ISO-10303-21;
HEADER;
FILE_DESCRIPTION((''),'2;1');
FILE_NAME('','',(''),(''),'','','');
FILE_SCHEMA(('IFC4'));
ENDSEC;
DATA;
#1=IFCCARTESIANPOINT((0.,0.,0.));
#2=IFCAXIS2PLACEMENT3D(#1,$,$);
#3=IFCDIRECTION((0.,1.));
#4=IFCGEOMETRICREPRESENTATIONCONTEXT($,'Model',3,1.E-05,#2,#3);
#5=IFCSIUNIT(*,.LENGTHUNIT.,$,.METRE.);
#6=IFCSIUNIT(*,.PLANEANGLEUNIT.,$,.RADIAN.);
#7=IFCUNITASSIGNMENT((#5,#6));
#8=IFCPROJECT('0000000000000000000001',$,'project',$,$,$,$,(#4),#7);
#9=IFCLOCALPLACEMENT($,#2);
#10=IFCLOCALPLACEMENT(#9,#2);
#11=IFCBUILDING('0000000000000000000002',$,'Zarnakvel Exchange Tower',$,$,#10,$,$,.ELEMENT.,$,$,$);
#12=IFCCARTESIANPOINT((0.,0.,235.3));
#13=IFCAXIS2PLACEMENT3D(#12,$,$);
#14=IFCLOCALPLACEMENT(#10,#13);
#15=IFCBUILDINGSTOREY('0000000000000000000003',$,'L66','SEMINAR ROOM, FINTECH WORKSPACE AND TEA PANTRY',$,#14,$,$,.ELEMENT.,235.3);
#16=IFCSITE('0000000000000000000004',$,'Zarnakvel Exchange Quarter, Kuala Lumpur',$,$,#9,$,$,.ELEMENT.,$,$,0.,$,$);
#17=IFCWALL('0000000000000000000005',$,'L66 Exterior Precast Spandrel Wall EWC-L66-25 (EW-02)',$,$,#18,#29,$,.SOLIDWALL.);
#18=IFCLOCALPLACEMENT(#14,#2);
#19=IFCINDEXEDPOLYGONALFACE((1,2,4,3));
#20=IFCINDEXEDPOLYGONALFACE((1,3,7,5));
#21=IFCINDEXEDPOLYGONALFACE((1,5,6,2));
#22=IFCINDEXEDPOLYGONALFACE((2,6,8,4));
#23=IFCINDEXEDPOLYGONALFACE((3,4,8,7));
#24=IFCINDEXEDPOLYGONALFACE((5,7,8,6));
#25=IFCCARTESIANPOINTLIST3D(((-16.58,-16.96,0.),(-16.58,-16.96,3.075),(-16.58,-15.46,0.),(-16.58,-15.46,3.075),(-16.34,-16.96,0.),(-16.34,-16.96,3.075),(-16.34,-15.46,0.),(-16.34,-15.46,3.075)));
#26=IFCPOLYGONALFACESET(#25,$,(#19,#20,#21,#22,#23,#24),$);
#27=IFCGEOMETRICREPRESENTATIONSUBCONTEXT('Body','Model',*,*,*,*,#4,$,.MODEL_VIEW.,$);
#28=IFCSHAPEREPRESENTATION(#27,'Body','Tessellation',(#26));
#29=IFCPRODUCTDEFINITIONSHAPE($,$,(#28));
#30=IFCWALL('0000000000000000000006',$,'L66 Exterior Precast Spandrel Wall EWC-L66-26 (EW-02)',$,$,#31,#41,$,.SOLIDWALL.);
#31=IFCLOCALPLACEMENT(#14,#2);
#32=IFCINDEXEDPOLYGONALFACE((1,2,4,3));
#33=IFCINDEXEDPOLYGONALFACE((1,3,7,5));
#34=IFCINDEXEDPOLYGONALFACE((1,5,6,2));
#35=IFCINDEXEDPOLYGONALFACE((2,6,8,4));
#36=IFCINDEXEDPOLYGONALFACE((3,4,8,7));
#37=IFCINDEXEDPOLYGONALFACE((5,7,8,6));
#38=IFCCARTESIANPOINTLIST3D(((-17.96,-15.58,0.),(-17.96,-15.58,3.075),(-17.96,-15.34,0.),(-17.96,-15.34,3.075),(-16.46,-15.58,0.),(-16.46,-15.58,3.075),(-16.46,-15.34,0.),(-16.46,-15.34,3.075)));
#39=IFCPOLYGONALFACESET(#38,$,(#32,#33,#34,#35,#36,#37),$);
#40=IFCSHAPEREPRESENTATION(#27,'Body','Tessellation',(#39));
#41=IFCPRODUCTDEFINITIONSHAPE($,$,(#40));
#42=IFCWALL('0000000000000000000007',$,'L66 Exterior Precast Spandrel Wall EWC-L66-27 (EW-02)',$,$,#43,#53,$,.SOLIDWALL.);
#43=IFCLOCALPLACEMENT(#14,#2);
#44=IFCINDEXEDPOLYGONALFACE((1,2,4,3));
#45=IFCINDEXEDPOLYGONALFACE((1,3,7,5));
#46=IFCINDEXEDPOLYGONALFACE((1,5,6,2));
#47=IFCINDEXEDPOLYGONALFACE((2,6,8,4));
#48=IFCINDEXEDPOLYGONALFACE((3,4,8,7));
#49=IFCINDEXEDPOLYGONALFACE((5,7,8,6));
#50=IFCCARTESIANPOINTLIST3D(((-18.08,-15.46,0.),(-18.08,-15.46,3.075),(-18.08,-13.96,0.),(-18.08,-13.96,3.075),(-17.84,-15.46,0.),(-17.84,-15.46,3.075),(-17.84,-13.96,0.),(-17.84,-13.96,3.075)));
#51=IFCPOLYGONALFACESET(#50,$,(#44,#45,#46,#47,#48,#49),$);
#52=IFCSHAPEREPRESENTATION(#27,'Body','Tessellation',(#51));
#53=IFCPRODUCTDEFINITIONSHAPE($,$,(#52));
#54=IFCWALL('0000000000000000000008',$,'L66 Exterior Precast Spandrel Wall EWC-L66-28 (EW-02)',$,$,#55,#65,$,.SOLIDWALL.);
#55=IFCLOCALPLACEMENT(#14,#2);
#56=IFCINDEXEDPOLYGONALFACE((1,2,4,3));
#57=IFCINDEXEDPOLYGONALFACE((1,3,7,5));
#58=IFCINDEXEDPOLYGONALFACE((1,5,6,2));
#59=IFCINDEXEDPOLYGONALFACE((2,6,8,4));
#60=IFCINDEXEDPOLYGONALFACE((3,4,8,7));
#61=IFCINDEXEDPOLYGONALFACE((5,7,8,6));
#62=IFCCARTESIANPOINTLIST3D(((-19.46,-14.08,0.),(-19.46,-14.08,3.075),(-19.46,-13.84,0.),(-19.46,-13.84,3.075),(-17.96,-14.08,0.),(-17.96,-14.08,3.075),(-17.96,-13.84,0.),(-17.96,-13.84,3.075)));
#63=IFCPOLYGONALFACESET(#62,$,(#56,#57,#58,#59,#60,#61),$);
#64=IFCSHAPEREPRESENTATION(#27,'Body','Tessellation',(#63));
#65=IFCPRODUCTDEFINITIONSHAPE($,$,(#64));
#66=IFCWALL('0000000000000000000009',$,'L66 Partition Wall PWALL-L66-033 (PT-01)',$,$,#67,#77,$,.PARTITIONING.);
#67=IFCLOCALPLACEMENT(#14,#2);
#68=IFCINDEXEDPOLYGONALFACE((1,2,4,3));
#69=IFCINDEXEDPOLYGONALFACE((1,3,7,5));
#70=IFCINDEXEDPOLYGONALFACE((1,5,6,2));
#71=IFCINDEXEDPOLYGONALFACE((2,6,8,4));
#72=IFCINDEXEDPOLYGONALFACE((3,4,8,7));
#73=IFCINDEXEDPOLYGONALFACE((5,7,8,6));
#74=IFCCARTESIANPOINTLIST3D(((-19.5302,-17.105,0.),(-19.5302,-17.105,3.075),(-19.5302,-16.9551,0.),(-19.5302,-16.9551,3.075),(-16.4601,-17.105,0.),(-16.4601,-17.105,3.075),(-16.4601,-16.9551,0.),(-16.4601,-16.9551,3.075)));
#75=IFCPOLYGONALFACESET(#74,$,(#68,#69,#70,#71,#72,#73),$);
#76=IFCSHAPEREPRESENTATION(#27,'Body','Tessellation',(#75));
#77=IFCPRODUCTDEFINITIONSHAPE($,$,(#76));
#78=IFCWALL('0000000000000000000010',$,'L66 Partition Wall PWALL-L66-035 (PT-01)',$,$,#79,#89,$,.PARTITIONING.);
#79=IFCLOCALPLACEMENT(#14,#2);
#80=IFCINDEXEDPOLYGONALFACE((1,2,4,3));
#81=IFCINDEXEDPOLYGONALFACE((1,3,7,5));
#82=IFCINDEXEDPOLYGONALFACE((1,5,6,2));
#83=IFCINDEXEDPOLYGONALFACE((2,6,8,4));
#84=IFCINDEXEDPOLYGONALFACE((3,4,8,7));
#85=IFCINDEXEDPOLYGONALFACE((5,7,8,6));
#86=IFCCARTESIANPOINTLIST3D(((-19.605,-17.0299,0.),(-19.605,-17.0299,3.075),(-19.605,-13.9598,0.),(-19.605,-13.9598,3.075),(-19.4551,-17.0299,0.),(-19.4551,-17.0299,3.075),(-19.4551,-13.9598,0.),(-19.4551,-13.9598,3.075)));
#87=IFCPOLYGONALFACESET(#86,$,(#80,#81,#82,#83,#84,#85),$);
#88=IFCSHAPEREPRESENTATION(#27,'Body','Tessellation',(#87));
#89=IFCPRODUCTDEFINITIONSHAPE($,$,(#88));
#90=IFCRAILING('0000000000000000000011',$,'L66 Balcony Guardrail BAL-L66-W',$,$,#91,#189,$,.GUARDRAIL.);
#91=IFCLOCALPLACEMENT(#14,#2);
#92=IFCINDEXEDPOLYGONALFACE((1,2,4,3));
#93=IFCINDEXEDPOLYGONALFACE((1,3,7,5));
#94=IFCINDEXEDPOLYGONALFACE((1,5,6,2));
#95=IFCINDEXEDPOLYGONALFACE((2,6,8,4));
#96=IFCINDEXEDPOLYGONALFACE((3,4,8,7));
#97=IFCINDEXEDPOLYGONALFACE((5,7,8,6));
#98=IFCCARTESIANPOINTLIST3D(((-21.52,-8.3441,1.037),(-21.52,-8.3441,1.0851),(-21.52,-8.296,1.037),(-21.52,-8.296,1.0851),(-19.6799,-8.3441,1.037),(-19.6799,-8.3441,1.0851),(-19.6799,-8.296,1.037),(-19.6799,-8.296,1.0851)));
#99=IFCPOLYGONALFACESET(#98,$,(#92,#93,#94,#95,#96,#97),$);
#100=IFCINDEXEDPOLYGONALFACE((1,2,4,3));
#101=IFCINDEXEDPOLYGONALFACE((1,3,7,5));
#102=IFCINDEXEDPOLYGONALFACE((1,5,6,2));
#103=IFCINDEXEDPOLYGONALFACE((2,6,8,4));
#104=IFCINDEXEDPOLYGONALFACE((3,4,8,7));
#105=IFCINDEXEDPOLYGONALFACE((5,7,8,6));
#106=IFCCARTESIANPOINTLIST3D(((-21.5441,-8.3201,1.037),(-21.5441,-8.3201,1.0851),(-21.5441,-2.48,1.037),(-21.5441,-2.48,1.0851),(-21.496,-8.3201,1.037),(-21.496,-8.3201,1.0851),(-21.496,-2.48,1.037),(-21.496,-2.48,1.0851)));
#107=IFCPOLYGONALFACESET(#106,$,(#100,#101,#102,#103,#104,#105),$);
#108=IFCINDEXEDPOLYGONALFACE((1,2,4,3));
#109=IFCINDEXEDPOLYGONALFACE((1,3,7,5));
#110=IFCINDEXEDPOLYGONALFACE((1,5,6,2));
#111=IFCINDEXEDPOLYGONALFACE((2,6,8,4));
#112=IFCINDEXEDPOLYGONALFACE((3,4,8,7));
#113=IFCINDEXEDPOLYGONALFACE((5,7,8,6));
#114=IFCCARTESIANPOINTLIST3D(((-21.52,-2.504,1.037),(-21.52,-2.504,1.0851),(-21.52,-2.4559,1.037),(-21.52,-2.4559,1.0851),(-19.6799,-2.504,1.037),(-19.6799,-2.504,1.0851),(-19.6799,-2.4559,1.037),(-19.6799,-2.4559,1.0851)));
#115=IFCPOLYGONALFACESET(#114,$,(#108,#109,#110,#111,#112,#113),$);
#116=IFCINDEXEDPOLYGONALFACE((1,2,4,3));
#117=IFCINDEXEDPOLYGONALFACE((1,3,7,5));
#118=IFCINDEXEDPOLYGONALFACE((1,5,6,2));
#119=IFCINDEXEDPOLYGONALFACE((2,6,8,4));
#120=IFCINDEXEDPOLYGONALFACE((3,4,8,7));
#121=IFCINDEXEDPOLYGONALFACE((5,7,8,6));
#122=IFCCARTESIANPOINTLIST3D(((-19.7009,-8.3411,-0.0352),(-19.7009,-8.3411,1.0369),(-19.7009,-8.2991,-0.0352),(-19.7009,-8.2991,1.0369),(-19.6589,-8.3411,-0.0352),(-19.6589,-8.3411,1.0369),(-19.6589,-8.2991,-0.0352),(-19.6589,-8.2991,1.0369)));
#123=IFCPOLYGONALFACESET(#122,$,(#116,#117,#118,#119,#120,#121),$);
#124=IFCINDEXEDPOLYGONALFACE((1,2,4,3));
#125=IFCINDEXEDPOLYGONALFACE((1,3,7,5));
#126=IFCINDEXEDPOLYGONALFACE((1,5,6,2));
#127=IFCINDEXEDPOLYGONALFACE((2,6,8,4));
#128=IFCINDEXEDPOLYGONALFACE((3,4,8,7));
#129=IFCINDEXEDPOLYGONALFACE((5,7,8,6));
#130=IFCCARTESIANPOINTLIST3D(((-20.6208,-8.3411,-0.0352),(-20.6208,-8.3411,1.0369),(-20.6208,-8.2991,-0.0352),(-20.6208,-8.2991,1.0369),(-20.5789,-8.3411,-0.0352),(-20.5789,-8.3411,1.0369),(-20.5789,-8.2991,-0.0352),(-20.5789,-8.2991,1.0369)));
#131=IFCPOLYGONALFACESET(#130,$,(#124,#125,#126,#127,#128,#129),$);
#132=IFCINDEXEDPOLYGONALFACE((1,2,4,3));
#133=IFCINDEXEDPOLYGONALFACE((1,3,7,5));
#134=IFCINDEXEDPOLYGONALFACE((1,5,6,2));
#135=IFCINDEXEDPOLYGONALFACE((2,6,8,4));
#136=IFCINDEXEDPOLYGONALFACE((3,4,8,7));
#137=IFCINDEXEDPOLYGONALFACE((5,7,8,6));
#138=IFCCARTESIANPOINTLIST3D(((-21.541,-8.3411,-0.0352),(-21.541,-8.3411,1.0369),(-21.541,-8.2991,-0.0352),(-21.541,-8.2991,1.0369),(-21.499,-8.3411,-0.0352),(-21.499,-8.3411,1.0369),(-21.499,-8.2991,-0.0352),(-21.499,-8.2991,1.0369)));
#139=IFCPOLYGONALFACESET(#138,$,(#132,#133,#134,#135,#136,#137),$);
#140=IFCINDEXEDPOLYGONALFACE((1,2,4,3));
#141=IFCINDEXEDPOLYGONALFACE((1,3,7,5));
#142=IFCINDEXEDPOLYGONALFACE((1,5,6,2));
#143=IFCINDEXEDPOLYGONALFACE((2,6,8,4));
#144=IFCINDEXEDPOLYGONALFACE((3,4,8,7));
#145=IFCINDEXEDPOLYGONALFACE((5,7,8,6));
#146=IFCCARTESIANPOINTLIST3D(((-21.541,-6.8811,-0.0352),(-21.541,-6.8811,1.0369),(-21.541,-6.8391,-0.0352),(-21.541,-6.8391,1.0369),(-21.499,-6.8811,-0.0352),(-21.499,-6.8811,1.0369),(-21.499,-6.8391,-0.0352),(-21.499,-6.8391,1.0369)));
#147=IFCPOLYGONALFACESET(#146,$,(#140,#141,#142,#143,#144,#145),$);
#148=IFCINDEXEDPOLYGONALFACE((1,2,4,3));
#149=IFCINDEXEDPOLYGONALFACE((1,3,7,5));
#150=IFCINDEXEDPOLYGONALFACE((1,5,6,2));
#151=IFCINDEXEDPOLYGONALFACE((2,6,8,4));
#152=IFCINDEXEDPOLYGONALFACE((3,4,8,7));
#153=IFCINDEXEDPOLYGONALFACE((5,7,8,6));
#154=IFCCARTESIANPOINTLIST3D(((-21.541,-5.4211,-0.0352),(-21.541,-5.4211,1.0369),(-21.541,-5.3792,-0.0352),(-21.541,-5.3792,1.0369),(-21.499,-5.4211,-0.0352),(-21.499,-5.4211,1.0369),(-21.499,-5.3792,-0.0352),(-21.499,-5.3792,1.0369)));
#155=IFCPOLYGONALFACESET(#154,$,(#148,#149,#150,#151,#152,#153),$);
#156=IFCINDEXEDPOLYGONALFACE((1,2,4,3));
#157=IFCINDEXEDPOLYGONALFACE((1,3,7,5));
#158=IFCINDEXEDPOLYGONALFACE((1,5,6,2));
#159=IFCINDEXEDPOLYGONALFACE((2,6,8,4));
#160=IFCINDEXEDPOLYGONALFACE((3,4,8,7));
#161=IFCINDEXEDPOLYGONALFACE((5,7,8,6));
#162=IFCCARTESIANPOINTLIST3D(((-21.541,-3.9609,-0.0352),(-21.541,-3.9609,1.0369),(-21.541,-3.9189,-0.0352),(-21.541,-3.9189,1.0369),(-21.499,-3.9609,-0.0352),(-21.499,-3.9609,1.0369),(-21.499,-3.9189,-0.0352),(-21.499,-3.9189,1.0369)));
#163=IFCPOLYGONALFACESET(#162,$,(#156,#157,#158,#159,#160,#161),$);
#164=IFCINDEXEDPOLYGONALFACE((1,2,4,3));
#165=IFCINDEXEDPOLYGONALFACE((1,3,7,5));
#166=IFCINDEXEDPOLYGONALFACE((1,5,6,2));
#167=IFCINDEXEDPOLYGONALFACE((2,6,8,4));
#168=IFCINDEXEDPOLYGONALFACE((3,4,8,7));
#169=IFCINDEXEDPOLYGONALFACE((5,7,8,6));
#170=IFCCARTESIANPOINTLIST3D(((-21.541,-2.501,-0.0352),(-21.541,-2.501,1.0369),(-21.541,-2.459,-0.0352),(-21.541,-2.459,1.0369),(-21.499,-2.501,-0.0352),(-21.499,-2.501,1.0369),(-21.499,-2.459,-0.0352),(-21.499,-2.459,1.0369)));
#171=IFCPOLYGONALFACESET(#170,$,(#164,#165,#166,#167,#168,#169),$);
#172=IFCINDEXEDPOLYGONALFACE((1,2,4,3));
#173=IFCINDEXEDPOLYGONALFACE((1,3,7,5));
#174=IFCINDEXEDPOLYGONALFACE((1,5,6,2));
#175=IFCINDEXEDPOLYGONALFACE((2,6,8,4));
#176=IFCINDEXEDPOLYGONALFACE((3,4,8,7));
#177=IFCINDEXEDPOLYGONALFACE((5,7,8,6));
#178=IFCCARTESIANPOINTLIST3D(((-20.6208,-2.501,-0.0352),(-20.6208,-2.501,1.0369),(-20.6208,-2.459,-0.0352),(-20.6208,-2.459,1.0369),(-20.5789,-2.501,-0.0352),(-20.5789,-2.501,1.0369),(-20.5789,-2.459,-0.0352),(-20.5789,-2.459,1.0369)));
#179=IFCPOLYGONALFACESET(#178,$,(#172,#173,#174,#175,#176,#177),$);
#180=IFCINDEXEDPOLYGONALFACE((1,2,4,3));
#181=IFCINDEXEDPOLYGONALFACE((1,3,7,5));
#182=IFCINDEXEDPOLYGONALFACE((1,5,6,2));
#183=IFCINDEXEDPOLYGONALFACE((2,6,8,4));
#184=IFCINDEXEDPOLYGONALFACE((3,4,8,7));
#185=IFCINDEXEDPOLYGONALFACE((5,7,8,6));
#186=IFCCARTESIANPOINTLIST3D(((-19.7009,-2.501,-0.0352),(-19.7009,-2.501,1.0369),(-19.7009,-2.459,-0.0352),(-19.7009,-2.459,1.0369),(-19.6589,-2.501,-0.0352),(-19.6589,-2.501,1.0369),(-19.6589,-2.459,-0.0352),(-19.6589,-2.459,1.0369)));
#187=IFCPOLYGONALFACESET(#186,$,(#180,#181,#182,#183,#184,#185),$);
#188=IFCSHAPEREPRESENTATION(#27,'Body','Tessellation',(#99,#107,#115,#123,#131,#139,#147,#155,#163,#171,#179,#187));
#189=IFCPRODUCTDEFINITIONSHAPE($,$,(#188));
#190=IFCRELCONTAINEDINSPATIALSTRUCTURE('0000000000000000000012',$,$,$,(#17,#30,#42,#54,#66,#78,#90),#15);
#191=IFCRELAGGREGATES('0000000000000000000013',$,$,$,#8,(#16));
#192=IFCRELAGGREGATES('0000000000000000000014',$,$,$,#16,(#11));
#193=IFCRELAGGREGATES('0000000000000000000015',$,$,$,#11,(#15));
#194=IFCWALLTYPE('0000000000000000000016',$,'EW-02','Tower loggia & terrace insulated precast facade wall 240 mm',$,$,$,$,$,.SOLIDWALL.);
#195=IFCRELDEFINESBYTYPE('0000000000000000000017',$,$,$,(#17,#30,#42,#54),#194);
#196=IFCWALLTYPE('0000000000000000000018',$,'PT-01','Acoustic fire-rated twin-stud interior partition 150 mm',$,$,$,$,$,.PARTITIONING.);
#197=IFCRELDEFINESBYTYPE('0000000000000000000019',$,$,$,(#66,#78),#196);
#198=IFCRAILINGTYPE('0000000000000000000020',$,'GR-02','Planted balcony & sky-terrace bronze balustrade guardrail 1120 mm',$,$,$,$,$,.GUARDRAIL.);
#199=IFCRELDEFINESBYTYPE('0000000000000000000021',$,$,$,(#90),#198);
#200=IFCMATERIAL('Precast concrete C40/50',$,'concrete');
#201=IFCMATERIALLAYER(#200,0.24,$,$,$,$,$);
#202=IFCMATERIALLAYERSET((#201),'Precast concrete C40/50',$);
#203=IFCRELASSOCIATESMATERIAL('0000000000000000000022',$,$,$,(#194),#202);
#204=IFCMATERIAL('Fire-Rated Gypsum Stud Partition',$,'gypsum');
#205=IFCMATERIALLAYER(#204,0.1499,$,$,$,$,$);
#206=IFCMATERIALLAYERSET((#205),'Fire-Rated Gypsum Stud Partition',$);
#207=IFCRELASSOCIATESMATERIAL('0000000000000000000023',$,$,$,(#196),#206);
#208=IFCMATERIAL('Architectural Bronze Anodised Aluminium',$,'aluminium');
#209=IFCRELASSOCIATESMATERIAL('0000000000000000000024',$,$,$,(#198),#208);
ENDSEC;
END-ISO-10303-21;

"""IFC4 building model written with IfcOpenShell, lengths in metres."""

from ifc_helpers import new_model, si_unit, direction, frame, frame_2d, origin, origin_2d, place, context, subcontext, project, spatial, rectangle, extrude, material, layer, layer_set, type_object, element, save


model = new_model("IFC4")

# Units and contexts
model_context = context("Model", 3, precision=1e-05, world=origin(), true_north=direction((0.0, 1.0)))
body_context = subcontext(model_context, "Body", "Model", "MODEL_VIEW")
ifc_project = project(units=[si_unit("LENGTHUNIT", "METRE"), si_unit("PLANEANGLEUNIT", "RADIAN")], contexts=[model_context])

# Site, building, storey
site_placement = place(None, origin())
site = spatial("IfcSite", under=ifc_project, at=site_placement, Name="Zarnakvel Exchange Quarter, Kuala Lumpur", CompositionType="ELEMENT", RefElevation=0.0)
building_placement = place(site_placement, origin())
building = spatial("IfcBuilding", under=site, at=building_placement, Name="Zarnakvel Exchange Tower", CompositionType="ELEMENT")
storey_placement = place(building_placement, frame((0.0, 0.0, 235.3)))
storey = spatial("IfcBuildingStorey", under=building, at=storey_placement, Name="L66", Description="SEMINAR ROOM, FINTECH WORKSPACE AND TEA PANTRY", CompositionType="ELEMENT", Elevation=235.3)

# Shared definitions
ifc_material_1 = material(Name="Precast concrete C40/50", Category="concrete")
ifc_layer_1 = layer(ifc_material_1, 0.24)
ifc_layer_set_1 = layer_set([ifc_layer_1], Name="Precast concrete C40/50")
wall_type_1 = type_object("IfcWallType", Name="EW-02", Description="Tower loggia & terrace insulated precast facade wall 240 mm", PredefinedType="SOLIDWALL", material=ifc_layer_set_1)
ifc_material_2 = material(Name="Architectural Bronze Anodised Aluminium", Category="aluminium")

# Walls
for number, where, z_axis, x_axis, name in (
    (1, (-16.46, -15.46, 0.0), (0.0, 0.0, 1.0), (0.0, -1.0, 0.0), "L66 Exterior Precast Spandrel Wall EWC-L66-25 (EW-02)"),
    (2, (-17.96, -15.46, 0.0), (0.0, 0.0, 1.0), (1.0, 0.0, 0.0), "L66 Exterior Precast Spandrel Wall EWC-L66-26 (EW-02)"),
    (3, (-17.96, -13.96, 0.0), (0.0, 0.0, 1.0), (0.0, -1.0, 0.0), "L66 Exterior Precast Spandrel Wall EWC-L66-27 (EW-02)"),
    (4, (-19.46, -13.96, 0.0), (0.0, 0.0, 1.0), (1.0, 0.0, 0.0), "L66 Exterior Precast Spandrel Wall EWC-L66-28 (EW-02)"),
):
    element("IfcWall", number, at=place(storey_placement, frame(where, z_axis=z_axis, x_axis=x_axis)), inside=storey, type_object=wall_type_1, Name=name, PredefinedType="SOLIDWALL", context=body_context, shape_type="SweptSolid", body=[
        extrude(rectangle(XDim=1.5, YDim=0.24, at=frame_2d((0.75, 0.0))), origin(), (0.0, 0.0, 1.0), 3.075),
    ])
ifc_material_3 = material(Name="Fire-Rated Gypsum Stud Partition", Category="gypsum")
ifc_layer_2 = layer(ifc_material_3, 0.1499)
ifc_layer_set_2 = layer_set([ifc_layer_2], Name="Fire-Rated Gypsum Stud Partition")
wall_type_2 = type_object("IfcWallType", Name="PT-01", Description="Acoustic fire-rated twin-stud interior partition 150 mm", PredefinedType="PARTITIONING", material=ifc_layer_set_2)
for number, where, z_axis, x_axis, name in (
    (5, (-16.46, -17.03, 0.0), (0.0, 0.0, 1.0), (-1.0, 0.0, 0.0), "L66 Partition Wall PWALL-L66-033 (PT-01)"),
    (6, (-19.53, -17.03, 0.0), (0.0, 0.0, 1.0), (0.0, 1.0, 0.0), "L66 Partition Wall PWALL-L66-035 (PT-01)"),
):
    element("IfcWall", number, at=place(storey_placement, frame(where, z_axis=z_axis, x_axis=x_axis)), inside=storey, type_object=wall_type_2, Name=name, PredefinedType="PARTITIONING", context=body_context, shape_type="SweptSolid", body=[
        extrude(rectangle(XDim=3.0701, YDim=0.1499, at=frame_2d((1.5352, 0.0))), origin(), (0.0, 0.0, 1.0), 3.075),
    ])

# Railing
railing_type = type_object("IfcRailingType", Name="GR-02", Description="Planted balcony & sky-terrace bronze balustrade guardrail 1120 mm", PredefinedType="GUARDRAIL", material=ifc_material_2)
railing_placement = place(storey_placement, frame((-19.6799, -8.3201, -0.0352)))
element("IfcRailing", 7, at=railing_placement, inside=storey, type_object=railing_type, Name="L66 Balcony Guardrail BAL-L66-W", PredefinedType="GUARDRAIL", context=body_context, shape_type="SweptSolid", body=[
    extrude(rectangle(XDim=0.0481, YDim=0.0481, at=origin_2d()), frame((0.0, 0.0, 1.0962), z_axis=(-1.0, 0.0, 0.0), x_axis=(0.0, -1.0, 0.0)), (0.0, 0.0, 1.0), 1.8401),
    extrude(rectangle(XDim=0.0481, YDim=0.0481, at=origin_2d()), frame((-1.8401, 0.0, 1.0962), z_axis=(0.0, 1.0, 0.0), x_axis=(-1.0, 0.0, 0.0)), (0.0, 0.0, 1.0), 5.8401),
    extrude(rectangle(XDim=0.0481, YDim=0.0481, at=origin_2d()), frame((-1.8401, 5.8401, 1.0962), z_axis=(1.0, 0.0, 0.0), x_axis=(0.0, 1.0, 0.0)), (0.0, 0.0, 1.0), 1.8401),
    extrude(rectangle(XDim=0.042, YDim=0.042, at=origin_2d()), origin(), (0.0, 0.0, 1.0), 1.072),
    extrude(rectangle(XDim=0.042, YDim=0.042, at=origin_2d()), frame((-0.9199, 0.0, 0.0)), (0.0, 0.0, 1.0), 1.072),
    extrude(rectangle(XDim=0.042, YDim=0.042, at=origin_2d()), frame((-1.8401, 0.0, 0.0)), (0.0, 0.0, 1.0), 1.072),
    extrude(rectangle(XDim=0.042, YDim=0.042, at=origin_2d()), frame((-1.8401, 1.46, 0.0)), (0.0, 0.0, 1.0), 1.072),
    extrude(rectangle(XDim=0.042, YDim=0.042, at=origin_2d()), frame((-1.8401, 2.9199, 0.0)), (0.0, 0.0, 1.0), 1.072),
    extrude(rectangle(XDim=0.042, YDim=0.042, at=origin_2d()), frame((-1.8401, 4.3801, 0.0)), (0.0, 0.0, 1.0), 1.072),
    extrude(rectangle(XDim=0.042, YDim=0.042, at=origin_2d()), frame((-1.8401, 5.8401, 0.0)), (0.0, 0.0, 1.0), 1.072),
    extrude(rectangle(XDim=0.042, YDim=0.042, at=origin_2d()), frame((-0.9199, 5.8401, 0.0)), (0.0, 0.0, 1.0), 1.072),
    extrude(rectangle(XDim=0.042, YDim=0.042, at=origin_2d()), frame((0.0, 5.8401, 0.0)), (0.0, 0.0, 1.0), 1.072),
])

save(model, "model.ifc")
